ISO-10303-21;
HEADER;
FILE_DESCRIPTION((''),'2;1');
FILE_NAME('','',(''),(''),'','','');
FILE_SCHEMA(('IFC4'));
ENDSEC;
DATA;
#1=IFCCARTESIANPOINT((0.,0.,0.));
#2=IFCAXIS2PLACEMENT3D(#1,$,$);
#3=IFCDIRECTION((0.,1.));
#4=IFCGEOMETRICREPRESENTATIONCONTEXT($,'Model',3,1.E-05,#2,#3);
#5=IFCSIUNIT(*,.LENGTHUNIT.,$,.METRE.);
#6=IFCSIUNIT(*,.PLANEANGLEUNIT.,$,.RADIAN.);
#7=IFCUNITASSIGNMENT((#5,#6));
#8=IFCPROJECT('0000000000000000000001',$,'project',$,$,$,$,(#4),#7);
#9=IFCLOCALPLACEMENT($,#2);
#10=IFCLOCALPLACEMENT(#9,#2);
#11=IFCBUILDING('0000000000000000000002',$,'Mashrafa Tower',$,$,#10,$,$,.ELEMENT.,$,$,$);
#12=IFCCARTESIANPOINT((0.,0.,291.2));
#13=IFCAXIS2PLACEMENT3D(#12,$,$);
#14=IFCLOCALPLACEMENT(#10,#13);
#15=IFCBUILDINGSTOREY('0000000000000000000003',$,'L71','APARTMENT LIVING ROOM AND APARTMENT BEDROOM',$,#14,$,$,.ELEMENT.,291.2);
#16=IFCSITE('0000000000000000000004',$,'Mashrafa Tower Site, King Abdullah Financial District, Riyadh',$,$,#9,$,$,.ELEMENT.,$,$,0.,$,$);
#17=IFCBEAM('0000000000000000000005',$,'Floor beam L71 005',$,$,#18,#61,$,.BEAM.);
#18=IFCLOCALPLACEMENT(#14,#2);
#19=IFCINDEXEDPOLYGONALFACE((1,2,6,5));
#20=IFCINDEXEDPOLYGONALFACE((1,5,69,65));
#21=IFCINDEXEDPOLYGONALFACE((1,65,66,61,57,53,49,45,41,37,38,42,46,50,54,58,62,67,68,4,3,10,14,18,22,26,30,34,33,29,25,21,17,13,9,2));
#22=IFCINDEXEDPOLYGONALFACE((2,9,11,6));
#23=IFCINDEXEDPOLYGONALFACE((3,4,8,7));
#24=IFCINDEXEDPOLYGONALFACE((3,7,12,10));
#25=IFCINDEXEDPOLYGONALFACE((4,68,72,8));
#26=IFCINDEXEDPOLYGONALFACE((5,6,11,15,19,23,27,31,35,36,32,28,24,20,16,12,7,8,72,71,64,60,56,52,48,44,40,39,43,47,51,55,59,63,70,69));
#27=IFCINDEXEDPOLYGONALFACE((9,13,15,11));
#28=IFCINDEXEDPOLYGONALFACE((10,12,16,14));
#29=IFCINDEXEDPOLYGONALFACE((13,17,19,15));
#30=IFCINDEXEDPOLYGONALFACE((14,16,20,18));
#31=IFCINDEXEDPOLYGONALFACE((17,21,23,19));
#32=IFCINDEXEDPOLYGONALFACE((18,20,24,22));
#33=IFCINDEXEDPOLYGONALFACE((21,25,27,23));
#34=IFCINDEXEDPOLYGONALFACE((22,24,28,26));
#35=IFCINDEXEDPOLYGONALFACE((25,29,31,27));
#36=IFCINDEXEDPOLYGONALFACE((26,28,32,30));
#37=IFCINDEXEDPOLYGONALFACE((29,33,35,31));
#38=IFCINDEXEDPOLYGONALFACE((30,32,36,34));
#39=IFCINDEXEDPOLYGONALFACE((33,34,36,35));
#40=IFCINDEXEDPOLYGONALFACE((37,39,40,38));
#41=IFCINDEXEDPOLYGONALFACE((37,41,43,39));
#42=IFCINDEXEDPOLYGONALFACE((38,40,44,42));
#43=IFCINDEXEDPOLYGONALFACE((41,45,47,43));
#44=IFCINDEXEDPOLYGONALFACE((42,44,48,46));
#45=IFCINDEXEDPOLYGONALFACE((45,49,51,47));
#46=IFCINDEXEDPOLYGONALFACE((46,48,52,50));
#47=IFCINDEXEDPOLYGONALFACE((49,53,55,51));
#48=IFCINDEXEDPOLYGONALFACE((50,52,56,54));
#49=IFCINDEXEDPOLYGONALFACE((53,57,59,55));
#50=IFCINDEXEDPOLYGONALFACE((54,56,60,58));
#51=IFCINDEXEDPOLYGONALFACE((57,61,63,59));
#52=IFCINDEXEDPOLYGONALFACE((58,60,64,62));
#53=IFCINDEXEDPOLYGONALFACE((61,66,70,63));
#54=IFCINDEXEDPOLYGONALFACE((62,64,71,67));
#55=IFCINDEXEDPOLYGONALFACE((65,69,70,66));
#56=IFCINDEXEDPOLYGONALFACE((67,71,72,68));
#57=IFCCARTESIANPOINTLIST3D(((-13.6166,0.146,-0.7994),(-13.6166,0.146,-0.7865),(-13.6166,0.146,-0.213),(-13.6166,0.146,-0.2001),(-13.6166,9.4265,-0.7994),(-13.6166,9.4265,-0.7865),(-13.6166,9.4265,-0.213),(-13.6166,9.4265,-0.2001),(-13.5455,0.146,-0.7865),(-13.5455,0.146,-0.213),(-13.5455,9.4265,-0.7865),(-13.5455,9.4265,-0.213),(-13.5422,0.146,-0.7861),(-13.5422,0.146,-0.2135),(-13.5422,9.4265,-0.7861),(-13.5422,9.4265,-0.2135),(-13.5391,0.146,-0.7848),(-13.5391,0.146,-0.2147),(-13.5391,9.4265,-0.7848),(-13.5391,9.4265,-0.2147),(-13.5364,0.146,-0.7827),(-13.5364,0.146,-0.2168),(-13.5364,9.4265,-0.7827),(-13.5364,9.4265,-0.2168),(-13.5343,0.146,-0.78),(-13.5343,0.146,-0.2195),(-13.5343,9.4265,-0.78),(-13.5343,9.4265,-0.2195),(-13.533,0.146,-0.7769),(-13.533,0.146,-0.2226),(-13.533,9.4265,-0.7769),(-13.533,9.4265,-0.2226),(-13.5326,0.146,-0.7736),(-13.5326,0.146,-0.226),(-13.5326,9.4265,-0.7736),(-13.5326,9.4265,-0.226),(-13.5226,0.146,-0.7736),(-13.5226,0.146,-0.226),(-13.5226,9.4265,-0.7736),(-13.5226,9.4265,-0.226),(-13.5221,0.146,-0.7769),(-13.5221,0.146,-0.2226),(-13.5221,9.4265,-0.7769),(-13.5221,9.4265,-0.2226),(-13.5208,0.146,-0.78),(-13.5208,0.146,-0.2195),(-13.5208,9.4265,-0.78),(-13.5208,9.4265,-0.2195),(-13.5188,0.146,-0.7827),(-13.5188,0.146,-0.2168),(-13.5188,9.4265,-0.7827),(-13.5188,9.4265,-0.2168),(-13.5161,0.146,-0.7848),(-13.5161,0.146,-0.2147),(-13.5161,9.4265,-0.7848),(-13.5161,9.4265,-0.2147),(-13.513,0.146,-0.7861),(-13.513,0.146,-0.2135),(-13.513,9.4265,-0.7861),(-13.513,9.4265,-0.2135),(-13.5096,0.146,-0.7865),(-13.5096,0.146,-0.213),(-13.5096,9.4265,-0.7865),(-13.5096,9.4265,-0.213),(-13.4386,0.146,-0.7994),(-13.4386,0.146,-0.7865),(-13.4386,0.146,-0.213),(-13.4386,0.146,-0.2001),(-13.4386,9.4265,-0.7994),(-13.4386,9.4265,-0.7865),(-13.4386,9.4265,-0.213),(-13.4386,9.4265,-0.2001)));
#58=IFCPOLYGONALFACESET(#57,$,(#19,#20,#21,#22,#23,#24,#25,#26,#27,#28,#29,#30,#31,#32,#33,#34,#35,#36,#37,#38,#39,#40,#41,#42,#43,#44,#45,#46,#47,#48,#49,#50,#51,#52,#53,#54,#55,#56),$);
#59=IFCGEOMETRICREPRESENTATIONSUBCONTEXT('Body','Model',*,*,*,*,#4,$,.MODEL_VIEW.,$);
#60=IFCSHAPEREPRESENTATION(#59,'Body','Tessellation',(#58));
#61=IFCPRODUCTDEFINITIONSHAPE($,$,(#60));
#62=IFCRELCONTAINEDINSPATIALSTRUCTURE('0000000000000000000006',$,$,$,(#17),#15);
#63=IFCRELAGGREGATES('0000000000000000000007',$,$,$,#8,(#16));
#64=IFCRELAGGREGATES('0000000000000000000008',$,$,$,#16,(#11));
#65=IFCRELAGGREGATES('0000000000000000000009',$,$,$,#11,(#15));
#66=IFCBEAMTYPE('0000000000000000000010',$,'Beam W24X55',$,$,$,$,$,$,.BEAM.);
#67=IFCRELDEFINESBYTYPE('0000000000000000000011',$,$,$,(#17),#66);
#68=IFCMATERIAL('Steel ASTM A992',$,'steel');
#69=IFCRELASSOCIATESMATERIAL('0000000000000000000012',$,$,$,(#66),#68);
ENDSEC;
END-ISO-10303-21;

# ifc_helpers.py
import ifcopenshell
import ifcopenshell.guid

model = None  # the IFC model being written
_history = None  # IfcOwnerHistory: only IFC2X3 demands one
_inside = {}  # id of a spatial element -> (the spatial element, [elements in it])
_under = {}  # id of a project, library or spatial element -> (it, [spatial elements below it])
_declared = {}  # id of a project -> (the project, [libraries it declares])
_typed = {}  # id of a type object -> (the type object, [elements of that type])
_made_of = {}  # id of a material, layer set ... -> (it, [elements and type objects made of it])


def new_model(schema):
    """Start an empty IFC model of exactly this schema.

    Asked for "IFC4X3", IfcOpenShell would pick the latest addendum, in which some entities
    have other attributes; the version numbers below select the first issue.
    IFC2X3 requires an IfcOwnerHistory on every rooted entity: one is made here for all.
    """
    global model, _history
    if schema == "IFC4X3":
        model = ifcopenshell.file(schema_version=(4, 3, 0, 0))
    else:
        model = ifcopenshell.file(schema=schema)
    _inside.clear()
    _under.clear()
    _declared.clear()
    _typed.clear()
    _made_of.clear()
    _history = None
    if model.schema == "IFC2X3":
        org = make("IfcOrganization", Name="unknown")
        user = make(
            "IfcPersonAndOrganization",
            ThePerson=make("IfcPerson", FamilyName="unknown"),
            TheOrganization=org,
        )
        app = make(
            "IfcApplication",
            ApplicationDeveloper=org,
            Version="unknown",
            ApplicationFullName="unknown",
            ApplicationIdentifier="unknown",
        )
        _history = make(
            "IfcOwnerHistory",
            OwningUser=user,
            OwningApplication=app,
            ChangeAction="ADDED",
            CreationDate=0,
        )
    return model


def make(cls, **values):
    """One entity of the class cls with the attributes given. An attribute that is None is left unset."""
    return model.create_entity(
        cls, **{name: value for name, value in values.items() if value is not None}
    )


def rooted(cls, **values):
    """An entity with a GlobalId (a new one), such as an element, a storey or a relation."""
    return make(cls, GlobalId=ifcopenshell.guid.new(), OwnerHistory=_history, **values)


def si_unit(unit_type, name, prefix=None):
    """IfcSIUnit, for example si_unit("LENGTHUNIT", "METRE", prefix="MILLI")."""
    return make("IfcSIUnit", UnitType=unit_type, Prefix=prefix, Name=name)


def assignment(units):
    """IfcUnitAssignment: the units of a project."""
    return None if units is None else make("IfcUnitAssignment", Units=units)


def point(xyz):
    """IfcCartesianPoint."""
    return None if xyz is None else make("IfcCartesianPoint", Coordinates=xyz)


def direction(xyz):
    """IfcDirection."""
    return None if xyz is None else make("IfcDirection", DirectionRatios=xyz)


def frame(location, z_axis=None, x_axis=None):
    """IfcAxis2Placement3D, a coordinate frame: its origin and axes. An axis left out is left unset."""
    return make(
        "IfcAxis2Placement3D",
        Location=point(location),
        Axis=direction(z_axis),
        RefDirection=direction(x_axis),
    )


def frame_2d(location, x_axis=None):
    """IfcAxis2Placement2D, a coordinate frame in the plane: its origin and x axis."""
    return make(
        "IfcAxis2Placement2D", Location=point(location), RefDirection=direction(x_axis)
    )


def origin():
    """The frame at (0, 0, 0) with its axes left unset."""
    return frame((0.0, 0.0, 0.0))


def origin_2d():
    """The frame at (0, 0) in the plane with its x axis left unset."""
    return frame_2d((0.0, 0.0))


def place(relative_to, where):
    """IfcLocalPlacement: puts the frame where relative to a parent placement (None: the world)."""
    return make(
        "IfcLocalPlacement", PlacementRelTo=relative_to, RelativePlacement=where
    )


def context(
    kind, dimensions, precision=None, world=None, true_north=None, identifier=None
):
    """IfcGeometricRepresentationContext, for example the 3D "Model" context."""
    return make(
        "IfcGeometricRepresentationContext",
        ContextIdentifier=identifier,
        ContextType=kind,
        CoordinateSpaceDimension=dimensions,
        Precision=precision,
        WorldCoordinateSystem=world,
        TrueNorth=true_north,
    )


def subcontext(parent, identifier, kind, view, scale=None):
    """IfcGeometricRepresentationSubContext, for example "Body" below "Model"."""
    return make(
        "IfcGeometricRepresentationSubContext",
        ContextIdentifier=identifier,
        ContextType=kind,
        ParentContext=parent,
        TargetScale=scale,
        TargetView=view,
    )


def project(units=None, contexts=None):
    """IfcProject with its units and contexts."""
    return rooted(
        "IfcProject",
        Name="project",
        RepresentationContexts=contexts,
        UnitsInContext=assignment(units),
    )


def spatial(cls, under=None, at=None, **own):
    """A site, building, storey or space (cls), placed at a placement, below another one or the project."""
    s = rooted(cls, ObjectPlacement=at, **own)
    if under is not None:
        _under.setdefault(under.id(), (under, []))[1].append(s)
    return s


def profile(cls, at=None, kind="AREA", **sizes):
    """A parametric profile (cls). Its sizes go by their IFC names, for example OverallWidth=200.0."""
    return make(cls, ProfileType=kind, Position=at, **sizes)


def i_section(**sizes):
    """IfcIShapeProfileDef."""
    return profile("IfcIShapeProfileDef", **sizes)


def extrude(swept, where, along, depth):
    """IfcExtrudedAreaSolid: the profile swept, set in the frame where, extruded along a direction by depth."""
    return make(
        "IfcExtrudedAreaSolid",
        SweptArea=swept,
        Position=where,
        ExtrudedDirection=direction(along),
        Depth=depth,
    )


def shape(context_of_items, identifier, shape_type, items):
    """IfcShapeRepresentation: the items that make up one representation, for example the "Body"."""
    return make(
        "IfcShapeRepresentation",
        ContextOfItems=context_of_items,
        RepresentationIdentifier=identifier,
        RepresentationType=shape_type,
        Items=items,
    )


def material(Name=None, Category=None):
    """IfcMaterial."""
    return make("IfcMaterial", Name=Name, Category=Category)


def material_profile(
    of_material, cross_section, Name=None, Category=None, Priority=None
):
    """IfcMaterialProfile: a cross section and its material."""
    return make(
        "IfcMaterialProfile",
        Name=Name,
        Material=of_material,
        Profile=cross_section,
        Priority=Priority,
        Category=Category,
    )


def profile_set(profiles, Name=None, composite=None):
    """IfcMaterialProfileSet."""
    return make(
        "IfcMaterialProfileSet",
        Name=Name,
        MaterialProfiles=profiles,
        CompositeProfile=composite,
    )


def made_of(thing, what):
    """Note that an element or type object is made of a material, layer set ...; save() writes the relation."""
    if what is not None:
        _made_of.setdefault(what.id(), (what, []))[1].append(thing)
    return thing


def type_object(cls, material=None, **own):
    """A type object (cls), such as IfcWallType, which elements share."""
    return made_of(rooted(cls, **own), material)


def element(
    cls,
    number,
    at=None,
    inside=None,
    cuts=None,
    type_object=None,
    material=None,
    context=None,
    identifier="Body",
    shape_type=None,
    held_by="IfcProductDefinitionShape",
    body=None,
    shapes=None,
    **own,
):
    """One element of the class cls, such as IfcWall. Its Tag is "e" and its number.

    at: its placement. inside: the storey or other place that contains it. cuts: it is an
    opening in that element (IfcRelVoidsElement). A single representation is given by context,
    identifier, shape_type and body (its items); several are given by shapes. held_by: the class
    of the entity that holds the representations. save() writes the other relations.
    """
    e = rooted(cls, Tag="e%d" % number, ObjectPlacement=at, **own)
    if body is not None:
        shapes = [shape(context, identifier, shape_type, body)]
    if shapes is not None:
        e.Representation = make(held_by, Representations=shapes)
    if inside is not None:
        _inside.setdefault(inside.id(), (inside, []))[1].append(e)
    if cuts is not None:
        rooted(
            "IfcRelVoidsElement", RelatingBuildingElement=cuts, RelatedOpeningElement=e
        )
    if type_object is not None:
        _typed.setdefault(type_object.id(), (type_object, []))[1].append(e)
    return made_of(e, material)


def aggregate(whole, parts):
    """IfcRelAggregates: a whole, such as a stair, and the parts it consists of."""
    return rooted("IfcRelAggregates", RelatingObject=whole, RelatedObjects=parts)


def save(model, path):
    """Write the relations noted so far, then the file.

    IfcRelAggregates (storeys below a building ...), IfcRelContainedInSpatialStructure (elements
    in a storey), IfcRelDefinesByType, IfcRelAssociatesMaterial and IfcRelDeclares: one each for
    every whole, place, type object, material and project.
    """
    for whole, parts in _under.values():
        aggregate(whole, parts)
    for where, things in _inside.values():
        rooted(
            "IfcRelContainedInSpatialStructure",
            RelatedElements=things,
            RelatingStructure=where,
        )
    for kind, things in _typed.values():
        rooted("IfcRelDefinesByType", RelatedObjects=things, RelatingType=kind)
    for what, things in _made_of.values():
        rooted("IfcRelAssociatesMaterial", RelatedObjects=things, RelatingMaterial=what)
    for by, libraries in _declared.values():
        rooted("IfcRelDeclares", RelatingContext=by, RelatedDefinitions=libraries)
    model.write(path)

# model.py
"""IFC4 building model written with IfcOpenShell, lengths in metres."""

from ifc_helpers import new_model, si_unit, direction, frame, origin, origin_2d, place, context, subcontext, project, spatial, i_section, extrude, material, material_profile, profile_set, type_object, element, save


model = new_model("IFC4")

# Units and contexts
model_context = context("Model", 3, precision=1e-05, world=origin(), true_north=direction((0.0, 1.0)))
body_context = subcontext(model_context, "Body", "Model", "MODEL_VIEW")
ifc_project = project(units=[si_unit("LENGTHUNIT", "METRE"), si_unit("PLANEANGLEUNIT", "RADIAN")], contexts=[model_context])

# Site, building, storey
site_placement = place(None, origin())
site = spatial("IfcSite", under=ifc_project, at=site_placement, Name="Mashrafa Tower Site, King Abdullah Financial District, Riyadh", CompositionType="ELEMENT", RefElevation=0.0)
building_placement = place(site_placement, origin())
building = spatial("IfcBuilding", under=site, at=building_placement, Name="Mashrafa Tower", CompositionType="ELEMENT")
storey_placement = place(building_placement, frame((0.0, 0.0, 291.2)))
storey = spatial("IfcBuildingStorey", under=building, at=storey_placement, Name="L71", Description="APARTMENT LIVING ROOM AND APARTMENT BEDROOM", CompositionType="ELEMENT", Elevation=291.2)

# Beam
ifc_material_1 = material(Name="Steel ASTM A992", Category="steel")
ifc_material_profile = material_profile(ifc_material_1, i_section(OverallWidth=0.178, OverallDepth=0.5994, WebThickness=0.01, FlangeThickness=0.0129, FilletRadius=0.0129, at=origin_2d()), Name="W24X55")
ifc_profile_set = profile_set([ifc_material_profile], Name="Steel ASTM A992")
beam_type = type_object("IfcBeamType", Name="Beam W24X55", PredefinedType="BEAM", material=ifc_profile_set)
beam_placement = place(storey_placement, frame((-13.5276, 0.146, -0.4998), z_axis=(0.0, 1.0, 0.0), x_axis=(-1.0, 0.0, 0.0)))
element("IfcBeam", 1, at=beam_placement, inside=storey, type_object=beam_type, Name="Floor beam L71 005", PredefinedType="BEAM", context=body_context, shape_type="SweptSolid", body=[
    extrude(i_section(OverallWidth=0.178, OverallDepth=0.5994, WebThickness=0.01, FlangeThickness=0.0129, FilletRadius=0.0129, at=origin_2d()), origin(), (0.0, 0.0, 1.0), 9.2805),
])

save(model, "model.ifc")
